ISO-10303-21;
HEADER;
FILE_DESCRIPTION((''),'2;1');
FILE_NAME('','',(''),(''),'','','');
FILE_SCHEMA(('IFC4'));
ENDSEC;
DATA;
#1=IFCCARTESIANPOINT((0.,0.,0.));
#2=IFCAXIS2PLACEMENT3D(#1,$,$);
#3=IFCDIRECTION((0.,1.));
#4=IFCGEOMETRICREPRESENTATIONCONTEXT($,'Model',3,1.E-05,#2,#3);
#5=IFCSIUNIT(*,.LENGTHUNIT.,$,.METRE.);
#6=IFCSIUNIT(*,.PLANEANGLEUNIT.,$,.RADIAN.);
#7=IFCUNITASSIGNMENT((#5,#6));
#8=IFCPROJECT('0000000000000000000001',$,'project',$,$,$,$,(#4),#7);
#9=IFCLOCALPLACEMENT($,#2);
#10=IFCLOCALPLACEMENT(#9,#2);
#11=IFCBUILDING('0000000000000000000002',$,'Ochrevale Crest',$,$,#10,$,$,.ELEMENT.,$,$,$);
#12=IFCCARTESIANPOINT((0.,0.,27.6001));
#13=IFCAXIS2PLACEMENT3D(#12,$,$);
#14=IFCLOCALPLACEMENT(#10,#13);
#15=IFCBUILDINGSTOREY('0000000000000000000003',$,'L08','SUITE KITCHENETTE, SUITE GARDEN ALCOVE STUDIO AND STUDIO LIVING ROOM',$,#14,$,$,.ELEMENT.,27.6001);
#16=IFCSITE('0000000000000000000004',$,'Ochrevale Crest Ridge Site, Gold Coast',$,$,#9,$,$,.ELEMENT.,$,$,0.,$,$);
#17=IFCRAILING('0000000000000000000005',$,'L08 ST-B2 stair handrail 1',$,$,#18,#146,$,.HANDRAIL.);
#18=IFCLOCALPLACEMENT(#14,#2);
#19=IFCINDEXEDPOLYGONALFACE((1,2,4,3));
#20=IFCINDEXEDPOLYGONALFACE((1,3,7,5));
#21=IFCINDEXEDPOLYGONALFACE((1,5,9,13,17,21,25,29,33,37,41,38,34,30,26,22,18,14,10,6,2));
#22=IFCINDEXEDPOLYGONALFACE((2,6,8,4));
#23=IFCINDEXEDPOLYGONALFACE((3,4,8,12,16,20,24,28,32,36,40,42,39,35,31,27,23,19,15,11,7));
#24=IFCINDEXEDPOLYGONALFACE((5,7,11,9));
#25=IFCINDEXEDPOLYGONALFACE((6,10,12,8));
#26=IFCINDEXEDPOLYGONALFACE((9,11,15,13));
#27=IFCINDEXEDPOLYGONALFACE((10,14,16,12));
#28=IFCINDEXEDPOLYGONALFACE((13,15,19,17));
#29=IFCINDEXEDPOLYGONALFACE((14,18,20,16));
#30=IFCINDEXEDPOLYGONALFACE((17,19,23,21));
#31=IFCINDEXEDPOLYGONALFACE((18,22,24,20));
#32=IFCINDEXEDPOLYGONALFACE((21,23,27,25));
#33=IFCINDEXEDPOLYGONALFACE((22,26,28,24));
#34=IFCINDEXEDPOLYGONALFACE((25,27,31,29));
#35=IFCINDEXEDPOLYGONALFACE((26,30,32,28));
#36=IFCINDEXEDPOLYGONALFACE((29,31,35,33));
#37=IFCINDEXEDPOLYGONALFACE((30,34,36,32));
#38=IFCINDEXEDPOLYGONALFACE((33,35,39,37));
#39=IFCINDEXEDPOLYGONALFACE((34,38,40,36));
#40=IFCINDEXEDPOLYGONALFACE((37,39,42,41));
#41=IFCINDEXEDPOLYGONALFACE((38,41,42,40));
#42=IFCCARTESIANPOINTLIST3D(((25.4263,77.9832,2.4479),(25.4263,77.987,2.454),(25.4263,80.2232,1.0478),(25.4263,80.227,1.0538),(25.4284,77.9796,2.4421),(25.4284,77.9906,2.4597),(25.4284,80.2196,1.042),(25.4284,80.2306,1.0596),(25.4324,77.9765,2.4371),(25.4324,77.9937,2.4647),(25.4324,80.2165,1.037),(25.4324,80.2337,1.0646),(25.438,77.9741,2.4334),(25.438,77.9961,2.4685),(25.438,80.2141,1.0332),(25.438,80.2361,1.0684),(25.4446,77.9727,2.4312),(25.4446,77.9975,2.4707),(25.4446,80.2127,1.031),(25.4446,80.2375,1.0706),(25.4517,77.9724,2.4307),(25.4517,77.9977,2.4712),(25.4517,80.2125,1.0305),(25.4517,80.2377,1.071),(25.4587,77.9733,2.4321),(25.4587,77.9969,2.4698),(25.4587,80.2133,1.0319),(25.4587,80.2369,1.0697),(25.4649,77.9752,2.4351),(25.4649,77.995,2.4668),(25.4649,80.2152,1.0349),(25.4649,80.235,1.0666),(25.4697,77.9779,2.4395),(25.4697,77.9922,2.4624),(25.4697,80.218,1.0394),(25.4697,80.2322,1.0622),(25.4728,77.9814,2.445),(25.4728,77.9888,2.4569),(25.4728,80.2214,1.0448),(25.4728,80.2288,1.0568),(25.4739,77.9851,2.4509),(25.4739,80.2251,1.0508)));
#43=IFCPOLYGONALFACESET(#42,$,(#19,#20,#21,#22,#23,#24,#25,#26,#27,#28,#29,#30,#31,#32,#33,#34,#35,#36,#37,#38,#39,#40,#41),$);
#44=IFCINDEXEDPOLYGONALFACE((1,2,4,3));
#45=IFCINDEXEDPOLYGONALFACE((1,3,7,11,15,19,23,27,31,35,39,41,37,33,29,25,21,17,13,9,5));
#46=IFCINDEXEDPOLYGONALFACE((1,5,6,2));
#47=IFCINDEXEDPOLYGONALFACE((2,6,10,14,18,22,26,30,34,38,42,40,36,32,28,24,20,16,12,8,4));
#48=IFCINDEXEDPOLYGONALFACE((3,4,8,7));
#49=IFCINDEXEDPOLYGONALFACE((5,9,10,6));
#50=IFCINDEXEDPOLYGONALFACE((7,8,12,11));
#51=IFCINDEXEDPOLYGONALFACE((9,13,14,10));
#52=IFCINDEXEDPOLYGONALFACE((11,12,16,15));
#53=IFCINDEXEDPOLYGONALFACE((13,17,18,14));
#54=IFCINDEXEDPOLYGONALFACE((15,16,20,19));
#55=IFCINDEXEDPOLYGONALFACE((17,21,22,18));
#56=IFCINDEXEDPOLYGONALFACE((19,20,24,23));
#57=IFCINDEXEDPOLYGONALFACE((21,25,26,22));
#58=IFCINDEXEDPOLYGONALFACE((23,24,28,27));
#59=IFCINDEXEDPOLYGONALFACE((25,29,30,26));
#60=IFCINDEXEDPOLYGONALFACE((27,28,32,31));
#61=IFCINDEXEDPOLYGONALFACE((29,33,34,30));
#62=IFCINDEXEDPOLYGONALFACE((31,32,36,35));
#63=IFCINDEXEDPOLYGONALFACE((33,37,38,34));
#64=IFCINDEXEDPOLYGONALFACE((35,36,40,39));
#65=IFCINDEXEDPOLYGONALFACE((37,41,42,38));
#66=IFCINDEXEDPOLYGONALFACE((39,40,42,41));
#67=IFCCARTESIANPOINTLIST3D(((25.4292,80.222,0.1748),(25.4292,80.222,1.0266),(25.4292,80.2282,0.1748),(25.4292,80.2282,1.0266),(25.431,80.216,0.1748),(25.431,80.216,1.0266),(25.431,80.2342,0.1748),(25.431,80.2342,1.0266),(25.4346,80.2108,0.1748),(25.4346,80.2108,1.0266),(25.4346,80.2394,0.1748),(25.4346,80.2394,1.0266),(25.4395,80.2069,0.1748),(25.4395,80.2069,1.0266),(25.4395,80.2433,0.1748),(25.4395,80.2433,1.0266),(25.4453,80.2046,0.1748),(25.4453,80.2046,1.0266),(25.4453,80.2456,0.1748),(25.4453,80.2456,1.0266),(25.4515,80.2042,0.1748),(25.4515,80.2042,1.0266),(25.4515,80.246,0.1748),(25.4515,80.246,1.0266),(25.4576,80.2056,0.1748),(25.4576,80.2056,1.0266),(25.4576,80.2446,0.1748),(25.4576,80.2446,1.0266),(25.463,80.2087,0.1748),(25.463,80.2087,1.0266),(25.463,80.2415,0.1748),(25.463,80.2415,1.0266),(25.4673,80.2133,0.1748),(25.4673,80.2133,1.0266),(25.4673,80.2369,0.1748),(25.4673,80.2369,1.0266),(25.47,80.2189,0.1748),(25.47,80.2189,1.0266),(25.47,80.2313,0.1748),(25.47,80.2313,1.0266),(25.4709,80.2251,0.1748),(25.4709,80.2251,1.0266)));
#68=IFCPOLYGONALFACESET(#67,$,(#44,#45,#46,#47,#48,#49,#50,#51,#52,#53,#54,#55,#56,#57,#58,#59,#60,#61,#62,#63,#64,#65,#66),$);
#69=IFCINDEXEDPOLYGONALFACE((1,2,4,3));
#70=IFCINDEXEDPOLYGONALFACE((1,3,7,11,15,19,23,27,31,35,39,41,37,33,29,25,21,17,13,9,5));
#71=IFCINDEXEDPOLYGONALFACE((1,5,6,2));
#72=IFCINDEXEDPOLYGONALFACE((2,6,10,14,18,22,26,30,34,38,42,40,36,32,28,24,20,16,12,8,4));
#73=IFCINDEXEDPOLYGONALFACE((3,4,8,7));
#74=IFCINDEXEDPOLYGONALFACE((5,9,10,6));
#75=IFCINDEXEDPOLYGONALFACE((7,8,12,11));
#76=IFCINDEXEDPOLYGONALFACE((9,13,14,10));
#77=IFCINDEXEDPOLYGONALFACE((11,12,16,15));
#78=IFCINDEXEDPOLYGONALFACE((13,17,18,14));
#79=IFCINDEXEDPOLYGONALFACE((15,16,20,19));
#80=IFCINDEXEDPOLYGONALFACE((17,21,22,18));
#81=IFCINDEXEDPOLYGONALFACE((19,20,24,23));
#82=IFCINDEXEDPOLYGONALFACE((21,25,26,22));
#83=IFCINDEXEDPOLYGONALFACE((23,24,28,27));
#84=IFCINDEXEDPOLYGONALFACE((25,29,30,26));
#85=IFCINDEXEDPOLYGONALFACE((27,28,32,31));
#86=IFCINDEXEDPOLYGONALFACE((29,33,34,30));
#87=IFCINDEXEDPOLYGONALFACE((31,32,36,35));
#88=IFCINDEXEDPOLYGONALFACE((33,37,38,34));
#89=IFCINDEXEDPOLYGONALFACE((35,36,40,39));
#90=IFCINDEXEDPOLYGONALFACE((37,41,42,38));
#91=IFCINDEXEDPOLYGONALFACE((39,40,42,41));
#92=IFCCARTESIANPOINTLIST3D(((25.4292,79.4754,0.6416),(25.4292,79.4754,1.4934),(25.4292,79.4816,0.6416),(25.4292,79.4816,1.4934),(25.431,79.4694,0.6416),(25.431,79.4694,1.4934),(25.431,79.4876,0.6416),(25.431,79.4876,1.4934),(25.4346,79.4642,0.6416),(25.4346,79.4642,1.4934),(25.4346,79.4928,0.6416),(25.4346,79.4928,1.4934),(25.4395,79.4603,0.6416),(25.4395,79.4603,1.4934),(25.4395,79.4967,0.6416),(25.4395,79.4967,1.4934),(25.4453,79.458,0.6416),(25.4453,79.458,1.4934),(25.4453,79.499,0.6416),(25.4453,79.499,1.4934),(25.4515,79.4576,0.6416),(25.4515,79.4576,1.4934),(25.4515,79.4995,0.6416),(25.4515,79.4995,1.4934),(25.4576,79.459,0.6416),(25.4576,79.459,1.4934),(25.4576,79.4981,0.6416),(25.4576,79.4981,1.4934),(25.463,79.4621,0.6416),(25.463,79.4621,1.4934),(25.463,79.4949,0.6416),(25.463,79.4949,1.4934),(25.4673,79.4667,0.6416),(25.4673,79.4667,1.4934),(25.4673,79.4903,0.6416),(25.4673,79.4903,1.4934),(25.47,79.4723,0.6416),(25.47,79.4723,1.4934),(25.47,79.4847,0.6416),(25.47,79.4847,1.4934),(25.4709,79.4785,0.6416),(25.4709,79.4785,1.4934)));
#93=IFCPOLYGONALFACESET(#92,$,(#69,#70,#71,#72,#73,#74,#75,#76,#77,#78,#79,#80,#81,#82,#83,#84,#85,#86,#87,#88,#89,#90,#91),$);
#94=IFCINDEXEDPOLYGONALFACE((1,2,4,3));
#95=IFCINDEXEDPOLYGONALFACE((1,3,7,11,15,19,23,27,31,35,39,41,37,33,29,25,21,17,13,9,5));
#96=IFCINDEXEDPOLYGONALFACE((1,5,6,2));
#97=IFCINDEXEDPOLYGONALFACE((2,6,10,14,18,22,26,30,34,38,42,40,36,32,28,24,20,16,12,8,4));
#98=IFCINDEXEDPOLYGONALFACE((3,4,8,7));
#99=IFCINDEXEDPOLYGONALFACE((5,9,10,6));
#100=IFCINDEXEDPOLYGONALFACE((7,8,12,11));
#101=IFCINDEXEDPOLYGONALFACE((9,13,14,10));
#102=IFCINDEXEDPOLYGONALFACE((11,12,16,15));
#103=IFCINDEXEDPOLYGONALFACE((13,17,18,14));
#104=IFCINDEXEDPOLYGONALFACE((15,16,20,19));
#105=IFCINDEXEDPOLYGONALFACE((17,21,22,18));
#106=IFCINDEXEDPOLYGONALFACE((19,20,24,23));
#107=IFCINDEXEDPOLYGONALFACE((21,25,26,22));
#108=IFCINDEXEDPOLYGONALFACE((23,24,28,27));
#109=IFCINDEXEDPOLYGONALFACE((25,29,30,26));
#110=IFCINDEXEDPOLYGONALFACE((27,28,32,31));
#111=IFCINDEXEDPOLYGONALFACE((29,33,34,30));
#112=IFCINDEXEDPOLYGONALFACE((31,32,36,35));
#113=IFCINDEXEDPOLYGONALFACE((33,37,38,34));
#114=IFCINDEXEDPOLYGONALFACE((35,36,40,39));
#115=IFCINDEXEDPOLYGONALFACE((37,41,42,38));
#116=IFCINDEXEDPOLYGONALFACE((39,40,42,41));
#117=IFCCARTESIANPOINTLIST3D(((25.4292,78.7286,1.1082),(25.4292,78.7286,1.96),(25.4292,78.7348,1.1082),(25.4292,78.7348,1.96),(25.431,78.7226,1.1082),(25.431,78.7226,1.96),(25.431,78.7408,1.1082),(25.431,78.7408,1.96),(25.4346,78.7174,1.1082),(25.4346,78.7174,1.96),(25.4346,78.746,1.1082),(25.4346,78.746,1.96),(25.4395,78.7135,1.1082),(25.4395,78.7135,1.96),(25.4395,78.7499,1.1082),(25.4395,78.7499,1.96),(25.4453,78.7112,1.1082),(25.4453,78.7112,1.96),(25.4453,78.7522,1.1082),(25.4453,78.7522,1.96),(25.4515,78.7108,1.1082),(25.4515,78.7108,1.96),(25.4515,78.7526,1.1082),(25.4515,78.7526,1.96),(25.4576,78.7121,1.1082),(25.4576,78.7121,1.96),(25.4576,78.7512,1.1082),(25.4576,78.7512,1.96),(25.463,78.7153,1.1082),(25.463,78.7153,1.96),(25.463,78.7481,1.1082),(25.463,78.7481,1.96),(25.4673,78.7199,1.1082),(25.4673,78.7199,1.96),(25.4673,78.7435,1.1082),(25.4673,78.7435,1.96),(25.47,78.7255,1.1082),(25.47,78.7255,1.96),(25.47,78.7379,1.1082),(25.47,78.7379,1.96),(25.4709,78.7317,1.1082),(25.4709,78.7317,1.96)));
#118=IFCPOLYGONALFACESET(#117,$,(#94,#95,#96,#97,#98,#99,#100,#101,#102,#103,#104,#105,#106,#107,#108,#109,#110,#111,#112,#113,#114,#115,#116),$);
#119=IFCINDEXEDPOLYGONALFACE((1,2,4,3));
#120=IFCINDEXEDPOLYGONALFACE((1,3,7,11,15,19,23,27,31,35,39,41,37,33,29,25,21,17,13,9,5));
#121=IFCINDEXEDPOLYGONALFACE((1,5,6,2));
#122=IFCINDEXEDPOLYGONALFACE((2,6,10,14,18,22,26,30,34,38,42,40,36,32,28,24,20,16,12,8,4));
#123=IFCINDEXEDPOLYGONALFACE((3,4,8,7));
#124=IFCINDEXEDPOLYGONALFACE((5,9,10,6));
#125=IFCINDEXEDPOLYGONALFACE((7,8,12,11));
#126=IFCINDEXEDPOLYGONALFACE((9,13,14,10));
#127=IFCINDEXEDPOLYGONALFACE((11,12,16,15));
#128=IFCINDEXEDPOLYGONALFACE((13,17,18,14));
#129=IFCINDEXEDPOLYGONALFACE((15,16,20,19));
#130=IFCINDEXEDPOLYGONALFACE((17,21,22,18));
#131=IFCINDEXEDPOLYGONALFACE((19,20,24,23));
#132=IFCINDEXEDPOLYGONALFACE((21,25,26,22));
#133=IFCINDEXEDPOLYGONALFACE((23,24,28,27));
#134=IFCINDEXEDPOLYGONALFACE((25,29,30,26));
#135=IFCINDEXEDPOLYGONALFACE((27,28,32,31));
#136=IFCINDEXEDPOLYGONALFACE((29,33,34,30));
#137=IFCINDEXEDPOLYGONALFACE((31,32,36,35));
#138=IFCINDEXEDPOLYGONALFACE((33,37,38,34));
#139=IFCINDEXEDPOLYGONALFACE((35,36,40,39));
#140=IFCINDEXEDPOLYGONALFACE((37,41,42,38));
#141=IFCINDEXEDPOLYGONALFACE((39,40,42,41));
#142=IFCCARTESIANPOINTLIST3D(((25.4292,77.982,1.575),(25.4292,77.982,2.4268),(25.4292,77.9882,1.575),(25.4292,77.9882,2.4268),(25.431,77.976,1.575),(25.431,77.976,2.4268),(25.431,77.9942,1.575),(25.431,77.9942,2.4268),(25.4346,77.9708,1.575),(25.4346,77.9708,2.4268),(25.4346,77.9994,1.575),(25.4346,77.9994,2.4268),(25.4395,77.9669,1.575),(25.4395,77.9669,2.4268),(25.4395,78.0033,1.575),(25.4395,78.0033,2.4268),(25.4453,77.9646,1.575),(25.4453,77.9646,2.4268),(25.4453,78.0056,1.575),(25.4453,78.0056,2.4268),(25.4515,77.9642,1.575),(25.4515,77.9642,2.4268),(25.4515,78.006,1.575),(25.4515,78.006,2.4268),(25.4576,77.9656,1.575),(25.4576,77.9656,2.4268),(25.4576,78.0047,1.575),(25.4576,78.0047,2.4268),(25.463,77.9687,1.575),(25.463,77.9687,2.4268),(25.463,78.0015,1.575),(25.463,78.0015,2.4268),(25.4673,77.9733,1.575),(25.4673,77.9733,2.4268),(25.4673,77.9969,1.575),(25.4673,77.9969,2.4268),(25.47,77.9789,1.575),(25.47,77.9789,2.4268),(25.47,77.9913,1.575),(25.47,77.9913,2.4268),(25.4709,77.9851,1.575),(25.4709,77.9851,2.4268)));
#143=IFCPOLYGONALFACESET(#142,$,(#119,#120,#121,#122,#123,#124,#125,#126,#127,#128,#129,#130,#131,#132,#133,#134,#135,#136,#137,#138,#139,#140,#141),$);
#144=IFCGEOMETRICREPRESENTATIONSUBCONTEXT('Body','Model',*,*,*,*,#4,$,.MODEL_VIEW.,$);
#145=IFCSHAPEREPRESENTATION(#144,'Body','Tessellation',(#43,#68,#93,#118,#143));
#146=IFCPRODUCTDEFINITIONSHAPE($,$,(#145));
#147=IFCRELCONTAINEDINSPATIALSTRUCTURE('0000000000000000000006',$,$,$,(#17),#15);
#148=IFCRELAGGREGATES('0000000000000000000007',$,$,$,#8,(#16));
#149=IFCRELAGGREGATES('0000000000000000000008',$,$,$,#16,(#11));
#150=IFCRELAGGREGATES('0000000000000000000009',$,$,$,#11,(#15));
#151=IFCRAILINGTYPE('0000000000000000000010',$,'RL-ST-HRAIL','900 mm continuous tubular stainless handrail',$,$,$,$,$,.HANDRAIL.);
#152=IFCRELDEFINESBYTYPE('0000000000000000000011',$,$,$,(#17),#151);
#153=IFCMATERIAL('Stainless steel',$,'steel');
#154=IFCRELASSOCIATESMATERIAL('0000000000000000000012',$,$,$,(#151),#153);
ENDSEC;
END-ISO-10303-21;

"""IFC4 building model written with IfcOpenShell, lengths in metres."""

from ifc_helpers import new_model, si_unit, direction, frame, origin, origin_2d, place, context, subcontext, project, spatial, circle, extrude, material, type_object, element, save


model = new_model("IFC4")

# Units and contexts
model_context = context("Model", 3, precision=1e-05, world=origin(), true_north=direction((0.0, 1.0)))
body_context = subcontext(model_context, "Body", "Model", "MODEL_VIEW")
ifc_project = project(units=[si_unit("LENGTHUNIT", "METRE"), si_unit("PLANEANGLEUNIT", "RADIAN")], contexts=[model_context])

# Site, building, storey
site_placement = place(None, origin())
site = spatial("IfcSite", under=ifc_project, at=site_placement, Name="Ochrevale Crest Ridge Site, Gold Coast", CompositionType="ELEMENT", RefElevation=0.0)
building_placement = place(site_placement, origin())
building = spatial("IfcBuilding", under=site, at=building_placement, Name="Ochrevale Crest", CompositionType="ELEMENT")
storey_placement = place(building_placement, frame((0.0, 0.0, 27.6001)))
storey = spatial("IfcBuildingStorey", under=building, at=storey_placement, Name="L08", Description="SUITE KITCHENETTE, SUITE GARDEN ALCOVE STUDIO AND STUDIO LIVING ROOM", CompositionType="ELEMENT", Elevation=27.6001)

# Railing
ifc_material_1 = material(Name="Stainless steel", Category="steel")
railing_type = type_object("IfcRailingType", Name="RL-ST-HRAIL", Description="900 mm continuous tubular stainless handrail", PredefinedType="HANDRAIL", material=ifc_material_1)
railing_placement = place(storey_placement, frame((25.45, 80.2251, 0.1748)))
element("IfcRailing", 1, at=railing_placement, inside=storey, type_object=railing_type, Name="L08 ST-B2 stair handrail 1", PredefinedType="HANDRAIL", context=body_context, shape_type="SweptSolid", body=[
    extrude(circle(Radius=0.0239, at=origin_2d()), frame((0.0, 0.0, 0.876), z_axis=(0.0, -0.847972, 0.53004), x_axis=(1.0, 0.0, 0.0)), (0.0, 0.0, 1.0), 2.6416),
    extrude(circle(Radius=0.021, at=origin_2d()), origin(), (0.0, 0.0, 1.0), 0.8518),
    extrude(circle(Radius=0.021, at=origin_2d()), frame((0.0, -0.7466, 0.4668)), (0.0, 0.0, 1.0), 0.8518),
    extrude(circle(Radius=0.021, at=origin_2d()), frame((0.0, -1.4934, 0.9333)), (0.0, 0.0, 1.0), 0.8518),
    extrude(circle(Radius=0.021, at=origin_2d()), frame((0.0, -2.24, 1.4001)), (0.0, 0.0, 1.0), 0.8518),
])

save(model, "model.ifc")
